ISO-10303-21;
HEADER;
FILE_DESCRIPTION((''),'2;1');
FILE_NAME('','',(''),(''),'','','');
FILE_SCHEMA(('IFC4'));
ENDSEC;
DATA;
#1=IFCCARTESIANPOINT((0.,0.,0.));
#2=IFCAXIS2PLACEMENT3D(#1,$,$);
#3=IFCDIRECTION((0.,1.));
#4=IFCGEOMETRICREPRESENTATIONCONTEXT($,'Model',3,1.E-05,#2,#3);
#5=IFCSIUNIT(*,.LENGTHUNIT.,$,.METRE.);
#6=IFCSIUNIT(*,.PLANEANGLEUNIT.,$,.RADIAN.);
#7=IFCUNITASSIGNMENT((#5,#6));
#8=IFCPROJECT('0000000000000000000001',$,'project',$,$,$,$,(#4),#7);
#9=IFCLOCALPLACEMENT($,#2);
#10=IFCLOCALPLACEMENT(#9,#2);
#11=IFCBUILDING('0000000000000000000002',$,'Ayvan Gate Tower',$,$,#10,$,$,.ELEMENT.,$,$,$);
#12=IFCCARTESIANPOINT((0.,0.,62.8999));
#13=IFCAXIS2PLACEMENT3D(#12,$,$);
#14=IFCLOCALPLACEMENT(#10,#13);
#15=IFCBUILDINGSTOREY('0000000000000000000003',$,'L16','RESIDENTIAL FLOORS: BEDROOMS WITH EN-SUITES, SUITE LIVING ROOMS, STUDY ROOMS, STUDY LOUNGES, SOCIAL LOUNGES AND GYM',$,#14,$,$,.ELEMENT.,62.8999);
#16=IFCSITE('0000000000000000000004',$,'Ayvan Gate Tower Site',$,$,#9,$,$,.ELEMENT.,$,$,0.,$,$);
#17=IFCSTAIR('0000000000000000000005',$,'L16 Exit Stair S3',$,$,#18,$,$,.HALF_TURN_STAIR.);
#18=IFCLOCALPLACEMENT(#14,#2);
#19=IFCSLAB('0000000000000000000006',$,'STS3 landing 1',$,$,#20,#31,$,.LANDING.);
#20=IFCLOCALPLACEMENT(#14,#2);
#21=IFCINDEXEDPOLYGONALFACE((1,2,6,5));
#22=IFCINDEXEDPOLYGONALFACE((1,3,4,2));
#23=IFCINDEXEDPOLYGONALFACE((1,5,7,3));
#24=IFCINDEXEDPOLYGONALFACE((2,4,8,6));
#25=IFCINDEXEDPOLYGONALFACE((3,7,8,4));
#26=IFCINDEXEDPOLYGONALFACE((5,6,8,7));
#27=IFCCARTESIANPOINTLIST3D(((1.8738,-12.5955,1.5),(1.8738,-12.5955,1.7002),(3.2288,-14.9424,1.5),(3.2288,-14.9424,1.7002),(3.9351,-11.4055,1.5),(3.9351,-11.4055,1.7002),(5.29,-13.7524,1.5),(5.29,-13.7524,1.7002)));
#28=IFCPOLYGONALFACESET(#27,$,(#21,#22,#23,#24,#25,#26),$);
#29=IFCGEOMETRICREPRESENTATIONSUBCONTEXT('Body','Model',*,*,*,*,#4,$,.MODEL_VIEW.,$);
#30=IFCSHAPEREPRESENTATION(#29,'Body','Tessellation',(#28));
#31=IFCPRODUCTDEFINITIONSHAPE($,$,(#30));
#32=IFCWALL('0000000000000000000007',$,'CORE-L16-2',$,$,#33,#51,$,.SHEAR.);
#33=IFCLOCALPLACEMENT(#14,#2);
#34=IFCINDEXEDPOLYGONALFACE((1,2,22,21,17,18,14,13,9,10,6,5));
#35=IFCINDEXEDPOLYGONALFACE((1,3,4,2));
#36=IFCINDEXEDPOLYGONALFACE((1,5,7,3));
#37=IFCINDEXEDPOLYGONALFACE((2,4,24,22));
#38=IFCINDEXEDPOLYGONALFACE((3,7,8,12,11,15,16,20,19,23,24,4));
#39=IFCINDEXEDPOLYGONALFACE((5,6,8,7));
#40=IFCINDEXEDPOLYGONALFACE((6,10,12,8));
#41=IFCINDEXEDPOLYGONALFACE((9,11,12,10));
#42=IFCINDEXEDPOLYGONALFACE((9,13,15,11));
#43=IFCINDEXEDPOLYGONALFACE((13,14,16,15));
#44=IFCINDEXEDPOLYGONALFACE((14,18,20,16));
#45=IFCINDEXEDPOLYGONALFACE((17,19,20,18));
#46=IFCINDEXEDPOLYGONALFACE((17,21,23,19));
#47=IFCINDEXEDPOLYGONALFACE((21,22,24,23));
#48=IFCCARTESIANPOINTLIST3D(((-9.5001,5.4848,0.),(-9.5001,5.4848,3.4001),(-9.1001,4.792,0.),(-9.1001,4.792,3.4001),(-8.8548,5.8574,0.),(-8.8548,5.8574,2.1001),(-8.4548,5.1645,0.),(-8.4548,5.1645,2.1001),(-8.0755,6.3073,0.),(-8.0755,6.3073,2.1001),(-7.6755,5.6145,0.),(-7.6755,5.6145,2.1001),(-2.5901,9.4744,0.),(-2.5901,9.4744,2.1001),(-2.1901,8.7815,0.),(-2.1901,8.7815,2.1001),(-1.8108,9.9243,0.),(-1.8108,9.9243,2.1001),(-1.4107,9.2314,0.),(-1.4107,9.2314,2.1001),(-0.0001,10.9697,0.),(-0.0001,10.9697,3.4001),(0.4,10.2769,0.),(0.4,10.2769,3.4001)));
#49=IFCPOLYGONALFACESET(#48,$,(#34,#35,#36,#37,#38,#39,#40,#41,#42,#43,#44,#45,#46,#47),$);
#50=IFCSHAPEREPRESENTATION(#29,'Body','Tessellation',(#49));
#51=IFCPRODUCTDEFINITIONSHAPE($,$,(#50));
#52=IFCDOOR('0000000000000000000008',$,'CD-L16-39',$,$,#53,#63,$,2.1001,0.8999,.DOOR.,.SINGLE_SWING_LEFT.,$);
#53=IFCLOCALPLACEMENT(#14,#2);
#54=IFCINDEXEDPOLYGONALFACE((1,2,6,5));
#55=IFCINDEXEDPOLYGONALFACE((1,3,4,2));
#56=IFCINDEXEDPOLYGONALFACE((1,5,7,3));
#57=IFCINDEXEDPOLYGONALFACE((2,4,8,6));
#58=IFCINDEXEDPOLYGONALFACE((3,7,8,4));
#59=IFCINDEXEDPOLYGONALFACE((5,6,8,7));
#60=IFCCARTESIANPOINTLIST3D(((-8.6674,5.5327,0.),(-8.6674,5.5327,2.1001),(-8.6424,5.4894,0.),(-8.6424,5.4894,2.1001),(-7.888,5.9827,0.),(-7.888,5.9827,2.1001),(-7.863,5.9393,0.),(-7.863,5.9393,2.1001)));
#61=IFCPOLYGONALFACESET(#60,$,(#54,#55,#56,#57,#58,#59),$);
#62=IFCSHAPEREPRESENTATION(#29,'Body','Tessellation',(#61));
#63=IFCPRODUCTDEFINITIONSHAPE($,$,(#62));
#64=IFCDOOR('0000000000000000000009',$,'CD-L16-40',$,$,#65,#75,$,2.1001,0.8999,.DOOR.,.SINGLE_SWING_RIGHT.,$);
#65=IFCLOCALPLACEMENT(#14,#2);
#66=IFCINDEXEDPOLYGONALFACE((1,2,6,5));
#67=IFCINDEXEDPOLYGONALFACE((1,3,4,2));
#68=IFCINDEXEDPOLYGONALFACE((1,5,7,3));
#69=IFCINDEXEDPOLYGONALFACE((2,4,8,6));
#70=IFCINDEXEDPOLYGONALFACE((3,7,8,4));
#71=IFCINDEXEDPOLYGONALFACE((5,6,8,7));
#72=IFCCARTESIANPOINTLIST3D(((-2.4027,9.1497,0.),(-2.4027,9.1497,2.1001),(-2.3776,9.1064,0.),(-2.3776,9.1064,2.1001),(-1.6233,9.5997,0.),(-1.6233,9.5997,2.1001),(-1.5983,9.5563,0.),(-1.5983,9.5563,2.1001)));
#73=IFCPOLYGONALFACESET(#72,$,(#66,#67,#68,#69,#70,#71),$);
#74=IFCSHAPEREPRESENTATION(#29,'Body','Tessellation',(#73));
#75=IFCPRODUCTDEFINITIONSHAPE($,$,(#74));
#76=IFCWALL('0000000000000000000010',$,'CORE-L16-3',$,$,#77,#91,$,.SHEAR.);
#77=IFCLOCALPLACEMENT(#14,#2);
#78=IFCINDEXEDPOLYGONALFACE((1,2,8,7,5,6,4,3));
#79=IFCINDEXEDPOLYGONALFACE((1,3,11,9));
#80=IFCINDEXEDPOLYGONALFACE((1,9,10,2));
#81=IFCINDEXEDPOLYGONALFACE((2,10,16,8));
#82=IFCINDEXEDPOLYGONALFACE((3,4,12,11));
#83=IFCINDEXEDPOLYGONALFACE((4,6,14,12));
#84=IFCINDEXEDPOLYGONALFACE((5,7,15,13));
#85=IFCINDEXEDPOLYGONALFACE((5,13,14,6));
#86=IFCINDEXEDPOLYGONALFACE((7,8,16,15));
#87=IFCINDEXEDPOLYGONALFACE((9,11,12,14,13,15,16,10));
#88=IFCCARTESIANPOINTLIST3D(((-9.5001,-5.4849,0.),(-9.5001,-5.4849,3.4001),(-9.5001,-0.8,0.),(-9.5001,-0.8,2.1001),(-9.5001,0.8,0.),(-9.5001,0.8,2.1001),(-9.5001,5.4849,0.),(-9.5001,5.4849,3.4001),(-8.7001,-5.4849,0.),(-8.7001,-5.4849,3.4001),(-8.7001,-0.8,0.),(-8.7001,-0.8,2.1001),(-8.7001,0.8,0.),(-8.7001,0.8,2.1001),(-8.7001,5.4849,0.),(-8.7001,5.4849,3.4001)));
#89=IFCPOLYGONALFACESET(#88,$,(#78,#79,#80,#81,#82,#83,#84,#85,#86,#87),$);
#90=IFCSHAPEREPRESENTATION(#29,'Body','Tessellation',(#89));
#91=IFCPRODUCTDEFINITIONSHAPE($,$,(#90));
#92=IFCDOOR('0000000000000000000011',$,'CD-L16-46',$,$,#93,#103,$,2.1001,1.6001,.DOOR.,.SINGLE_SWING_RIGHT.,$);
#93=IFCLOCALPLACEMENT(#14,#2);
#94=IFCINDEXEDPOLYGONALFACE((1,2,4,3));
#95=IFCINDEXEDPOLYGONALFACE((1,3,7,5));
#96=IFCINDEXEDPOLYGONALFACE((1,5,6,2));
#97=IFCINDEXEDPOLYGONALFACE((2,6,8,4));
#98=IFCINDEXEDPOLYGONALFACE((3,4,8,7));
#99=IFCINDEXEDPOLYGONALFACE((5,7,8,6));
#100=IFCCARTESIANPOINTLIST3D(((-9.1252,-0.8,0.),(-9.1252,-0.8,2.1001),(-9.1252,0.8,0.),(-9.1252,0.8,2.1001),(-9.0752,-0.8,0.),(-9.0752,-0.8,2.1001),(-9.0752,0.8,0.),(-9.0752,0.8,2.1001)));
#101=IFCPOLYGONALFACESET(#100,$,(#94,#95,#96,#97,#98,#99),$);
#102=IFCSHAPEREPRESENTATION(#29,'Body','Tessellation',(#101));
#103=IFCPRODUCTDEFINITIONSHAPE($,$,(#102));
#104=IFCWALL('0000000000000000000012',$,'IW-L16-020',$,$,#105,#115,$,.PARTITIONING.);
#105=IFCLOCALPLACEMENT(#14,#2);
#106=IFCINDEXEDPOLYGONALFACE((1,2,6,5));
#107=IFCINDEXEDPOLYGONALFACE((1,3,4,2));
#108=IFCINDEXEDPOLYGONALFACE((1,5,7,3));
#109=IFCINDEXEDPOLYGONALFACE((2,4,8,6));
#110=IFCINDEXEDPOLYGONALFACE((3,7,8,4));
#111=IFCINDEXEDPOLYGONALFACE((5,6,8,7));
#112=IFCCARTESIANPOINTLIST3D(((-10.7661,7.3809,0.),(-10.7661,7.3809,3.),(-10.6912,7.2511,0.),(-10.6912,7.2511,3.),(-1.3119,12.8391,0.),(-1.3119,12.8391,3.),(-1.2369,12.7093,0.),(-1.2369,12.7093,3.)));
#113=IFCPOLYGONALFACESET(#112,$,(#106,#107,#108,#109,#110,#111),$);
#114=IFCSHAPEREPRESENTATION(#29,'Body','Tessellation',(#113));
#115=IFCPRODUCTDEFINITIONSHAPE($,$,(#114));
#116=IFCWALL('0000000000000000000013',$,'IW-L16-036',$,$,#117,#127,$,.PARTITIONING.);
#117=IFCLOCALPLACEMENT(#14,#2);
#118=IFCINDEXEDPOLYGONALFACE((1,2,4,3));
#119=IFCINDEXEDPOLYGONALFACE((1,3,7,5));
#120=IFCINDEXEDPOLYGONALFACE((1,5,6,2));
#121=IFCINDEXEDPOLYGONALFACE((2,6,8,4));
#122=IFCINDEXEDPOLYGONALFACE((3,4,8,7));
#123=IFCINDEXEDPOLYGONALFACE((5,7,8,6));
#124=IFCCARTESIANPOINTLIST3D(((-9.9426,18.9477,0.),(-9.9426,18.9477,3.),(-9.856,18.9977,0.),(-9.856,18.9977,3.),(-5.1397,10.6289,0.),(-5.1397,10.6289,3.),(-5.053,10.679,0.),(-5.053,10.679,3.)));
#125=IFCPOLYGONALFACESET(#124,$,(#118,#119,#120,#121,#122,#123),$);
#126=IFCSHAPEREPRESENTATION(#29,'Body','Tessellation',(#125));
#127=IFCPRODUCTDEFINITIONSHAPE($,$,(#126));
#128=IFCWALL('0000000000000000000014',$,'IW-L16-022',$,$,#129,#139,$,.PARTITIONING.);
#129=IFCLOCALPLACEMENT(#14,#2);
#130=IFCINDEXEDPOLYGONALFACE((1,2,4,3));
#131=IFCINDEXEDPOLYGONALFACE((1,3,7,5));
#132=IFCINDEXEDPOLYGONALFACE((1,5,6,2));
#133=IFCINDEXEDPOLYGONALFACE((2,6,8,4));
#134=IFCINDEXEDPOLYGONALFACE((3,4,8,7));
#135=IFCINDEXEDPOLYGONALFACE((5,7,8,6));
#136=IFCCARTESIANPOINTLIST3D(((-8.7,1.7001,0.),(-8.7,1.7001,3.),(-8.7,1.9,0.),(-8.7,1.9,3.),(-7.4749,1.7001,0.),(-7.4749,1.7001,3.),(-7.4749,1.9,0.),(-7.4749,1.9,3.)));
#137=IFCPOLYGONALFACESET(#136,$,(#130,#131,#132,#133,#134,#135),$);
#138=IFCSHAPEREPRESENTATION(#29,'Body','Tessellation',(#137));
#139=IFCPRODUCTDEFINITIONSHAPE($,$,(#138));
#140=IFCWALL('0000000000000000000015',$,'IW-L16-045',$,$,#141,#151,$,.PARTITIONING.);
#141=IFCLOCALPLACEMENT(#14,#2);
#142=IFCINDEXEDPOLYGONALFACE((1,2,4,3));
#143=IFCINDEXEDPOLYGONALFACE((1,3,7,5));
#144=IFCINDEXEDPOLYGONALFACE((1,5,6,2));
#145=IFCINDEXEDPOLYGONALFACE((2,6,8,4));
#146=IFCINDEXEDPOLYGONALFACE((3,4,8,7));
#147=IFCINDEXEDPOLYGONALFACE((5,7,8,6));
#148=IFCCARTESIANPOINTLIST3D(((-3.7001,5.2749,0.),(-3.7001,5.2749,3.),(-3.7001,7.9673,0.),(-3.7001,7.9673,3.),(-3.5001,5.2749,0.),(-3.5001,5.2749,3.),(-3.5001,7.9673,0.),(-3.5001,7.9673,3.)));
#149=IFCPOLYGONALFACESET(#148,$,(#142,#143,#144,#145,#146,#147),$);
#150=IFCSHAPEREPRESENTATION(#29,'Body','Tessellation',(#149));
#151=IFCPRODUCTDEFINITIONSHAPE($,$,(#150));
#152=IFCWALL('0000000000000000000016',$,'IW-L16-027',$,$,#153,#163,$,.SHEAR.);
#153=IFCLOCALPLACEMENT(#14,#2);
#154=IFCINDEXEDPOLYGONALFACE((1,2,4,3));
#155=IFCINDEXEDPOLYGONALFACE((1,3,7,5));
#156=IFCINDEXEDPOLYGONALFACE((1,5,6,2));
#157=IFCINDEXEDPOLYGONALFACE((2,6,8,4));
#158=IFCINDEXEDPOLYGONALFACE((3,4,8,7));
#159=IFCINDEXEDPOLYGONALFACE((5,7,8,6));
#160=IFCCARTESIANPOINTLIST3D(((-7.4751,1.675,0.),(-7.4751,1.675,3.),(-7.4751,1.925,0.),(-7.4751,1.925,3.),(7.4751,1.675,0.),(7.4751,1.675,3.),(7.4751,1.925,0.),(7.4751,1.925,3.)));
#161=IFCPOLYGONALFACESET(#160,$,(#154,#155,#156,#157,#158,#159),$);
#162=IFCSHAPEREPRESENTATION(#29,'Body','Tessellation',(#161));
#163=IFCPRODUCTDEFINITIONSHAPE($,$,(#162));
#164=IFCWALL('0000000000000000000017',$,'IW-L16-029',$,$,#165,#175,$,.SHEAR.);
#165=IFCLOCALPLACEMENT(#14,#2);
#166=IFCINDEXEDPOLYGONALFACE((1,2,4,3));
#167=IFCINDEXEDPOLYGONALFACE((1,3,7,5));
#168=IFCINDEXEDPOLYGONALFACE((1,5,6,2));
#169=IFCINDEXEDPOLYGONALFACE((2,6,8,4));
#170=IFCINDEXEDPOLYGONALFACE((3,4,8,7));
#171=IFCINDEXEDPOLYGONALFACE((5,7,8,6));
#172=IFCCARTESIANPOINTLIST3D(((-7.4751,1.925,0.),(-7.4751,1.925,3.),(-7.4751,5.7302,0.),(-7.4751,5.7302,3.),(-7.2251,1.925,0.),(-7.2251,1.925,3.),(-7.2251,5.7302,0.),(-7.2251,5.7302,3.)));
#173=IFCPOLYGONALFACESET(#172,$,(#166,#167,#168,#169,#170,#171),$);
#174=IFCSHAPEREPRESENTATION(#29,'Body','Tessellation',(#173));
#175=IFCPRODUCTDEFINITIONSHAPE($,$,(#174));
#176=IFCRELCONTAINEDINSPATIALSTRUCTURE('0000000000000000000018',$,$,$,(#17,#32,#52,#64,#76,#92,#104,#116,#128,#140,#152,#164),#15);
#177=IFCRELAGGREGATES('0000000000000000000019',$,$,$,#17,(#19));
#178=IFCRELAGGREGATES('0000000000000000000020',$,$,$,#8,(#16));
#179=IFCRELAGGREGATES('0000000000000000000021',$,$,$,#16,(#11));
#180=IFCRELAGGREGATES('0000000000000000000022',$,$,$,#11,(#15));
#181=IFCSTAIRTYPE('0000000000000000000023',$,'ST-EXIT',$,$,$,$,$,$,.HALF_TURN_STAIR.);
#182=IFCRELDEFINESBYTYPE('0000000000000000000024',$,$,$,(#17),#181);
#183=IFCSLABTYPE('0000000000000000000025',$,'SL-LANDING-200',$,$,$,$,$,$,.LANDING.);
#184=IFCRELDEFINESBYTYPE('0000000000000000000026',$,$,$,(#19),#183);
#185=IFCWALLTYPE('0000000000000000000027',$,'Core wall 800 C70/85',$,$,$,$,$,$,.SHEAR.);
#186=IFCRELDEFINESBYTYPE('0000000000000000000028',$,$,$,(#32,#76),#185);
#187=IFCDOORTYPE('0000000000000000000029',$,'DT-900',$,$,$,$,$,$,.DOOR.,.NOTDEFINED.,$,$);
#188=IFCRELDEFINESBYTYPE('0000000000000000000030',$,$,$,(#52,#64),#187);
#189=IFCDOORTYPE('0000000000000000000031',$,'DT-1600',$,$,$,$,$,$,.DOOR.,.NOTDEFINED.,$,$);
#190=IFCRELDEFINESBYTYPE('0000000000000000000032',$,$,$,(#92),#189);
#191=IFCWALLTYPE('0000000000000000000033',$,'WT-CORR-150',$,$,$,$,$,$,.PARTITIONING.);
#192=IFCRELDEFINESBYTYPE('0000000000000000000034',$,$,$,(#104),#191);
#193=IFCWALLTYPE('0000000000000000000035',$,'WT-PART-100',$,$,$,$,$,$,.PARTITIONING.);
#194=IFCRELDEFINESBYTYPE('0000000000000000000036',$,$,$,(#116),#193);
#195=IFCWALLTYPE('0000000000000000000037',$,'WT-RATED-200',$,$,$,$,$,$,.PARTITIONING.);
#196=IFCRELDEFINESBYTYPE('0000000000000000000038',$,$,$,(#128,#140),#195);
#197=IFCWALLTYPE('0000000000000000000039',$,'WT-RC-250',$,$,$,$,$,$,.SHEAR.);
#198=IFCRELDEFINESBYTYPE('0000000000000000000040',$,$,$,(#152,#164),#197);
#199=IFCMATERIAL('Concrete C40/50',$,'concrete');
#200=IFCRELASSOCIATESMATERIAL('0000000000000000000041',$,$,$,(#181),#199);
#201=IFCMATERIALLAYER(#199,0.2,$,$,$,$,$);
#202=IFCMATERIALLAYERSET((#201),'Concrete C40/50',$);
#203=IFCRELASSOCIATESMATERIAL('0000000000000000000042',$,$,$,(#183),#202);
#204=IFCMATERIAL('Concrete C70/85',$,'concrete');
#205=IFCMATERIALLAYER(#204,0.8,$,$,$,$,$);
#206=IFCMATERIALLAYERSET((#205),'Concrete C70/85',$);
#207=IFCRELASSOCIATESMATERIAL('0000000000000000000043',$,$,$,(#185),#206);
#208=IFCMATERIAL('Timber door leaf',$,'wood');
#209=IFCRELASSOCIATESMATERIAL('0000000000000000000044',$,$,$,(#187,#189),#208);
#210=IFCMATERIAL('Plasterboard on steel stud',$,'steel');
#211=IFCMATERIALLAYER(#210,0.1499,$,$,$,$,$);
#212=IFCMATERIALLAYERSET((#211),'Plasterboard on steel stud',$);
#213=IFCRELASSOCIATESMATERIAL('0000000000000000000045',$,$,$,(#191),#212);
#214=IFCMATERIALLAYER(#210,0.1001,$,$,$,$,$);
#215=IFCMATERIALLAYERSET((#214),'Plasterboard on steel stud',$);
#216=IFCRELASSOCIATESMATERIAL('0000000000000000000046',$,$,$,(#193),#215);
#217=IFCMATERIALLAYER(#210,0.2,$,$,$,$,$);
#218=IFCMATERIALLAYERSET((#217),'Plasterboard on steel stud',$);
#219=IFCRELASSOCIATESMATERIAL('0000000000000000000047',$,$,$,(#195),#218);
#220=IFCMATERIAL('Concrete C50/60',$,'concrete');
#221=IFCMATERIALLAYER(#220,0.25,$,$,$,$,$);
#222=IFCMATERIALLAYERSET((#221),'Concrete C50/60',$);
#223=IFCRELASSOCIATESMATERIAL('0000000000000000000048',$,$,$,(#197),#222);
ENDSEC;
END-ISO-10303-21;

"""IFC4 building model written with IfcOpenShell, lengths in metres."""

from ifc_helpers import new_model, si_unit, direction, frame, frame_2d, origin, place, context, subcontext, project, spatial, polyline, rectangle, outline, extrude, material, layer, layer_set, type_object, element, fill, aggregate, save


model = new_model("IFC4")

# Units and contexts
model_context = context("Model", 3, precision=1e-05, world=origin(), true_north=direction((0.0, 1.0)))
body_context = subcontext(model_context, "Body", "Model", "MODEL_VIEW")
ifc_project = project(units=[si_unit("LENGTHUNIT", "METRE"), si_unit("PLANEANGLEUNIT", "RADIAN")], contexts=[model_context])

# Site, building, storey
site_placement = place(None, origin())
site = spatial("IfcSite", under=ifc_project, at=site_placement, Name="Ayvan Gate Tower Site", CompositionType="ELEMENT", RefElevation=0.0)
building_placement = place(site_placement, origin())
building = spatial("IfcBuilding", under=site, at=building_placement, Name="Ayvan Gate Tower", CompositionType="ELEMENT")
storey_placement = place(building_placement, frame((0.0, 0.0, 62.8999)))
storey = spatial("IfcBuildingStorey", under=building, at=storey_placement, Name="L16", Description="RESIDENTIAL FLOORS: BEDROOMS WITH EN-SUITES, SUITE LIVING ROOMS, STUDY ROOMS, STUDY LOUNGES, SOCIAL LOUNGES AND GYM", CompositionType="ELEMENT", Elevation=62.8999)

# Stair, slab
ifc_material_1 = material(Name="Concrete C40/50", Category="concrete")
stair_type = type_object("IfcStairType", Name="ST-EXIT", PredefinedType="HALF_TURN_STAIR", material=ifc_material_1)
stair_placement = place(storey_placement, origin())
stair = element("IfcStair", 1, at=stair_placement, inside=storey, type_object=stair_type, Name="L16 Exit Stair S3", PredefinedType="HALF_TURN_STAIR")
ifc_layer_1 = layer(ifc_material_1, 0.2)
ifc_layer_set_1 = layer_set([ifc_layer_1], Name="Concrete C40/50")
slab_type = type_object("IfcSlabType", Name="SL-LANDING-200", PredefinedType="LANDING", material=ifc_layer_set_1)
slab_placement = place(storey_placement, frame((0.0, 0.0, 1.5)))
slab = element("IfcSlab", 2, at=slab_placement, type_object=slab_type, Name="STS3 landing 1", PredefinedType="LANDING", context=body_context, shape_type="SweptSolid", body=[
    extrude(outline(polyline([(3.9351, -11.4055), (1.8738, -12.5955), (3.2288, -14.9424), (5.29, -13.7524), (3.9351, -11.4055)])), origin(), (0.0, 0.0, 1.0), 0.2002),
])
aggregate(stair, [slab])

# Wall, openings, doors
ifc_material_2 = material(Name="Concrete C70/85", Category="concrete")
ifc_layer_2 = layer(ifc_material_2, 0.8)
ifc_layer_set_2 = layer_set([ifc_layer_2], Name="Concrete C70/85")
wall_type_1 = type_object("IfcWallType", Name="Core wall 800 C70/85", PredefinedType="SHEAR", material=ifc_layer_set_2)
wall_1_placement = place(storey_placement, frame((0.2, 10.6233, 0.0), z_axis=(0.0, 0.0, 1.0), x_axis=(-0.866024, -0.500002, 0.0)))
wall_1 = element("IfcWall", 3, at=wall_1_placement, inside=storey, type_object=wall_type_1, Name="CORE-L16-2", PredefinedType="SHEAR", context=body_context, shape_type="SweptSolid", body=[
    extrude(rectangle(XDim=10.9697, YDim=0.8, at=frame_2d((5.4849, 0.0))), origin(), (0.0, 0.0, 1.0), 3.4001),
])
opening_1_placement = place(wall_1_placement, frame((9.3247, 0.0, 0.0)))
opening_1 = element("IfcOpeningElement", 4, at=opening_1_placement, cuts=wall_1, PredefinedType="OPENING", context=body_context, shape_type="SweptSolid", body=[
    extrude(rectangle(XDim=0.8999, YDim=2.1001, at=frame_2d((0.45, 1.05))), frame((0.0, 0.4099, 0.0), z_axis=(0.0, -1.0, 0.0), x_axis=(1.0, 0.0, 0.0)), (0.0, 0.0, 1.0), 0.8201),
])
opening_2_placement = place(wall_1_placement, frame((2.0908, 0.0, 0.0)))
opening_2 = element("IfcOpeningElement", 5, at=opening_2_placement, cuts=wall_1, PredefinedType="OPENING", context=body_context, shape_type="SweptSolid", body=[
    extrude(rectangle(XDim=0.8999, YDim=2.1001, at=frame_2d((0.45, 1.05))), frame((0.0, 0.4099, 0.0), z_axis=(0.0, -1.0, 0.0), x_axis=(1.0, 0.0, 0.0)), (0.0, 0.0, 1.0), 0.8201),
])
ifc_material_3 = material(Name="Timber door leaf", Category="wood")
door_type_1 = type_object("IfcDoorType", Name="DT-900", OperationType="NOTDEFINED", PredefinedType="DOOR", material=ifc_material_3)
door_1_placement = place(opening_1_placement, origin())
door_1 = element("IfcDoor", 6, at=door_1_placement, inside=storey, type_object=door_type_1, Name="CD-L16-39", OperationType="SINGLE_SWING_LEFT", OverallHeight=2.1001, OverallWidth=0.8999, PredefinedType="DOOR", context=body_context, shape_type="SweptSolid", body=[
    extrude(rectangle(XDim=0.8999, YDim=2.1001, at=frame_2d((0.45, 1.05))), frame((0.0, 0.0249, 0.0), z_axis=(0.0, -1.0, 0.0), x_axis=(1.0, 0.0, 0.0)), (0.0, 0.0, 1.0), 0.05),
])
fill(opening_1, door_1)
door_2_placement = place(opening_2_placement, origin())
door_2 = element("IfcDoor", 7, at=door_2_placement, inside=storey, type_object=door_type_1, Name="CD-L16-40", OperationType="SINGLE_SWING_RIGHT", OverallHeight=2.1001, OverallWidth=0.8999, PredefinedType="DOOR", context=body_context, shape_type="SweptSolid", body=[
    extrude(rectangle(XDim=0.8999, YDim=2.1001, at=frame_2d((0.45, 1.05))), frame((0.0, 0.0249, 0.0), z_axis=(0.0, -1.0, 0.0), x_axis=(1.0, 0.0, 0.0)), (0.0, 0.0, 1.0), 0.05),
])
fill(opening_2, door_2)

# Wall, opening, door
wall_2_placement = place(storey_placement, frame((-9.1001, 5.4849, 0.0), z_axis=(0.0, 0.0, 1.0), x_axis=(0.0, -1.0, 0.0)))
wall_2 = element("IfcWall", 8, at=wall_2_placement, inside=storey, type_object=wall_type_1, Name="CORE-L16-3", PredefinedType="SHEAR", context=body_context, shape_type="SweptSolid", body=[
    extrude(rectangle(XDim=10.9697, YDim=0.8, at=frame_2d((5.4849, 0.0))), origin(), (0.0, 0.0, 1.0), 3.4001),
])
opening_3_placement = place(wall_2_placement, frame((4.6848, 0.0, 0.0)))
opening_3 = element("IfcOpeningElement", 9, at=opening_3_placement, cuts=wall_2, PredefinedType="OPENING", context=body_context, shape_type="SweptSolid", body=[
    extrude(rectangle(XDim=1.6001, YDim=2.1001, at=frame_2d((0.8, 1.05))), frame((0.0, 0.4099, 0.0), z_axis=(0.0, -1.0, 0.0), x_axis=(1.0, 0.0, 0.0)), (0.0, 0.0, 1.0), 0.8201),
])
door_type_2 = type_object("IfcDoorType", Name="DT-1600", OperationType="NOTDEFINED", PredefinedType="DOOR", material=ifc_material_3)
door_3_placement = place(opening_3_placement, origin())
door_3 = element("IfcDoor", 10, at=door_3_placement, inside=storey, type_object=door_type_2, Name="CD-L16-46", OperationType="SINGLE_SWING_RIGHT", OverallHeight=2.1001, OverallWidth=1.6001, PredefinedType="DOOR", context=body_context, shape_type="SweptSolid", body=[
    extrude(rectangle(XDim=1.6001, YDim=2.1001, at=frame_2d((0.8, 1.05))), frame((0.0, 0.0249, 0.0), z_axis=(0.0, -1.0, 0.0), x_axis=(1.0, 0.0, 0.0)), (0.0, 0.0, 1.0), 0.05),
])
fill(opening_3, door_3)

# Walls
ifc_material_4 = material(Name="Plasterboard on steel stud", Category="steel")
ifc_layer_3 = layer(ifc_material_4, 0.1499)
ifc_layer_set_3 = layer_set([ifc_layer_3], Name="Plasterboard on steel stud")
wall_type_2 = type_object("IfcWallType", Name="WT-CORR-150", PredefinedType="PARTITIONING", material=ifc_layer_set_3)
wall_3_placement = place(storey_placement, frame((-10.7288, 7.3159, 0.0), z_axis=(0.0, 0.0, 1.0), x_axis=(0.866034, 0.499985, 0.0)))
element("IfcWall", 11, at=wall_3_placement, inside=storey, type_object=wall_type_2, Name="IW-L16-020", PredefinedType="PARTITIONING", context=body_context, shape_type="SweptSolid", body=[
    extrude(rectangle(XDim=10.9167, YDim=0.1499, at=frame_2d((5.4585, 0.0))), origin(), (0.0, 0.0, 1.0), 3.0),
])
ifc_layer_4 = layer(ifc_material_4, 0.1001)
ifc_layer_set_4 = layer_set([ifc_layer_4], Name="Plasterboard on steel stud")
wall_type_3 = type_object("IfcWallType", Name="WT-PART-100", PredefinedType="PARTITIONING", material=ifc_layer_set_4)
wall_4_placement = place(storey_placement, frame((-5.0964, 10.6541, 0.0), z_axis=(0.0, 0.0, 1.0), x_axis=(-0.500007, 0.866021, 0.0)))
element("IfcWall", 12, at=wall_4_placement, inside=storey, type_object=wall_type_3, Name="IW-L16-036", PredefinedType="PARTITIONING", context=body_context, shape_type="SweptSolid", body=[
    extrude(rectangle(XDim=9.6057, YDim=0.1001, at=frame_2d((4.8027, 0.0))), origin(), (0.0, 0.0, 1.0), 3.0),
])
ifc_layer_5 = layer(ifc_material_4, 0.2)
ifc_layer_set_5 = layer_set([ifc_layer_5], Name="Plasterboard on steel stud")
wall_type_4 = type_object("IfcWallType", Name="WT-RATED-200", PredefinedType="PARTITIONING", material=ifc_layer_set_5)
wall_5_placement = place(storey_placement, frame((-8.7, 1.8, 0.0), z_axis=(0.0, 0.0, 1.0), x_axis=(1.0, 0.0, 0.0)))
element("IfcWall", 13, at=wall_5_placement, inside=storey, type_object=wall_type_4, Name="IW-L16-022", PredefinedType="PARTITIONING", context=body_context, shape_type="SweptSolid", body=[
    extrude(rectangle(XDim=1.2251, YDim=0.2, at=frame_2d((0.6125, 0.0))), origin(), (0.0, 0.0, 1.0), 3.0),
])
wall_6_placement = place(storey_placement, frame((-3.6001, 7.9673, 0.0), z_axis=(0.0, 0.0, 1.0), x_axis=(0.0, -1.0, 0.0)))
element("IfcWall", 14, at=wall_6_placement, inside=storey, type_object=wall_type_4, Name="IW-L16-045", PredefinedType="PARTITIONING", context=body_context, shape_type="SweptSolid", body=[
    extrude(rectangle(XDim=2.6924, YDim=0.2, at=frame_2d((1.3462, 0.0))), origin(), (0.0, 0.0, 1.0), 3.0),
])
ifc_material_5 = material(Name="Concrete C50/60", Category="concrete")
ifc_layer_6 = layer(ifc_material_5, 0.25)
ifc_layer_set_6 = layer_set([ifc_layer_6], Name="Concrete C50/60")
wall_type_5 = type_object("IfcWallType", Name="WT-RC-250", PredefinedType="SHEAR", material=ifc_layer_set_6)
wall_7_placement = place(storey_placement, frame((-7.4751, 1.8, 0.0), z_axis=(0.0, 0.0, 1.0), x_axis=(1.0, 0.0, 0.0)))
element("IfcWall", 15, at=wall_7_placement, inside=storey, type_object=wall_type_5, Name="IW-L16-027", PredefinedType="SHEAR", context=body_context, shape_type="SweptSolid", body=[
    extrude(rectangle(XDim=14.9502, YDim=0.25, at=frame_2d((7.4751, 0.0))), origin(), (0.0, 0.0, 1.0), 3.0),
])
wall_8_placement = place(storey_placement, frame((-7.3501, 1.925, 0.0), z_axis=(0.0, 0.0, 1.0), x_axis=(0.0, 1.0, 0.0)))
element("IfcWall", 16, at=wall_8_placement, inside=storey, type_object=wall_type_5, Name="IW-L16-029", PredefinedType="SHEAR", context=body_context, shape_type="SweptSolid", body=[
    extrude(rectangle(XDim=3.8052, YDim=0.25, at=frame_2d((1.9026, 0.0))), origin(), (0.0, 0.0, 1.0), 3.0),
])

save(model, "model.ifc")
